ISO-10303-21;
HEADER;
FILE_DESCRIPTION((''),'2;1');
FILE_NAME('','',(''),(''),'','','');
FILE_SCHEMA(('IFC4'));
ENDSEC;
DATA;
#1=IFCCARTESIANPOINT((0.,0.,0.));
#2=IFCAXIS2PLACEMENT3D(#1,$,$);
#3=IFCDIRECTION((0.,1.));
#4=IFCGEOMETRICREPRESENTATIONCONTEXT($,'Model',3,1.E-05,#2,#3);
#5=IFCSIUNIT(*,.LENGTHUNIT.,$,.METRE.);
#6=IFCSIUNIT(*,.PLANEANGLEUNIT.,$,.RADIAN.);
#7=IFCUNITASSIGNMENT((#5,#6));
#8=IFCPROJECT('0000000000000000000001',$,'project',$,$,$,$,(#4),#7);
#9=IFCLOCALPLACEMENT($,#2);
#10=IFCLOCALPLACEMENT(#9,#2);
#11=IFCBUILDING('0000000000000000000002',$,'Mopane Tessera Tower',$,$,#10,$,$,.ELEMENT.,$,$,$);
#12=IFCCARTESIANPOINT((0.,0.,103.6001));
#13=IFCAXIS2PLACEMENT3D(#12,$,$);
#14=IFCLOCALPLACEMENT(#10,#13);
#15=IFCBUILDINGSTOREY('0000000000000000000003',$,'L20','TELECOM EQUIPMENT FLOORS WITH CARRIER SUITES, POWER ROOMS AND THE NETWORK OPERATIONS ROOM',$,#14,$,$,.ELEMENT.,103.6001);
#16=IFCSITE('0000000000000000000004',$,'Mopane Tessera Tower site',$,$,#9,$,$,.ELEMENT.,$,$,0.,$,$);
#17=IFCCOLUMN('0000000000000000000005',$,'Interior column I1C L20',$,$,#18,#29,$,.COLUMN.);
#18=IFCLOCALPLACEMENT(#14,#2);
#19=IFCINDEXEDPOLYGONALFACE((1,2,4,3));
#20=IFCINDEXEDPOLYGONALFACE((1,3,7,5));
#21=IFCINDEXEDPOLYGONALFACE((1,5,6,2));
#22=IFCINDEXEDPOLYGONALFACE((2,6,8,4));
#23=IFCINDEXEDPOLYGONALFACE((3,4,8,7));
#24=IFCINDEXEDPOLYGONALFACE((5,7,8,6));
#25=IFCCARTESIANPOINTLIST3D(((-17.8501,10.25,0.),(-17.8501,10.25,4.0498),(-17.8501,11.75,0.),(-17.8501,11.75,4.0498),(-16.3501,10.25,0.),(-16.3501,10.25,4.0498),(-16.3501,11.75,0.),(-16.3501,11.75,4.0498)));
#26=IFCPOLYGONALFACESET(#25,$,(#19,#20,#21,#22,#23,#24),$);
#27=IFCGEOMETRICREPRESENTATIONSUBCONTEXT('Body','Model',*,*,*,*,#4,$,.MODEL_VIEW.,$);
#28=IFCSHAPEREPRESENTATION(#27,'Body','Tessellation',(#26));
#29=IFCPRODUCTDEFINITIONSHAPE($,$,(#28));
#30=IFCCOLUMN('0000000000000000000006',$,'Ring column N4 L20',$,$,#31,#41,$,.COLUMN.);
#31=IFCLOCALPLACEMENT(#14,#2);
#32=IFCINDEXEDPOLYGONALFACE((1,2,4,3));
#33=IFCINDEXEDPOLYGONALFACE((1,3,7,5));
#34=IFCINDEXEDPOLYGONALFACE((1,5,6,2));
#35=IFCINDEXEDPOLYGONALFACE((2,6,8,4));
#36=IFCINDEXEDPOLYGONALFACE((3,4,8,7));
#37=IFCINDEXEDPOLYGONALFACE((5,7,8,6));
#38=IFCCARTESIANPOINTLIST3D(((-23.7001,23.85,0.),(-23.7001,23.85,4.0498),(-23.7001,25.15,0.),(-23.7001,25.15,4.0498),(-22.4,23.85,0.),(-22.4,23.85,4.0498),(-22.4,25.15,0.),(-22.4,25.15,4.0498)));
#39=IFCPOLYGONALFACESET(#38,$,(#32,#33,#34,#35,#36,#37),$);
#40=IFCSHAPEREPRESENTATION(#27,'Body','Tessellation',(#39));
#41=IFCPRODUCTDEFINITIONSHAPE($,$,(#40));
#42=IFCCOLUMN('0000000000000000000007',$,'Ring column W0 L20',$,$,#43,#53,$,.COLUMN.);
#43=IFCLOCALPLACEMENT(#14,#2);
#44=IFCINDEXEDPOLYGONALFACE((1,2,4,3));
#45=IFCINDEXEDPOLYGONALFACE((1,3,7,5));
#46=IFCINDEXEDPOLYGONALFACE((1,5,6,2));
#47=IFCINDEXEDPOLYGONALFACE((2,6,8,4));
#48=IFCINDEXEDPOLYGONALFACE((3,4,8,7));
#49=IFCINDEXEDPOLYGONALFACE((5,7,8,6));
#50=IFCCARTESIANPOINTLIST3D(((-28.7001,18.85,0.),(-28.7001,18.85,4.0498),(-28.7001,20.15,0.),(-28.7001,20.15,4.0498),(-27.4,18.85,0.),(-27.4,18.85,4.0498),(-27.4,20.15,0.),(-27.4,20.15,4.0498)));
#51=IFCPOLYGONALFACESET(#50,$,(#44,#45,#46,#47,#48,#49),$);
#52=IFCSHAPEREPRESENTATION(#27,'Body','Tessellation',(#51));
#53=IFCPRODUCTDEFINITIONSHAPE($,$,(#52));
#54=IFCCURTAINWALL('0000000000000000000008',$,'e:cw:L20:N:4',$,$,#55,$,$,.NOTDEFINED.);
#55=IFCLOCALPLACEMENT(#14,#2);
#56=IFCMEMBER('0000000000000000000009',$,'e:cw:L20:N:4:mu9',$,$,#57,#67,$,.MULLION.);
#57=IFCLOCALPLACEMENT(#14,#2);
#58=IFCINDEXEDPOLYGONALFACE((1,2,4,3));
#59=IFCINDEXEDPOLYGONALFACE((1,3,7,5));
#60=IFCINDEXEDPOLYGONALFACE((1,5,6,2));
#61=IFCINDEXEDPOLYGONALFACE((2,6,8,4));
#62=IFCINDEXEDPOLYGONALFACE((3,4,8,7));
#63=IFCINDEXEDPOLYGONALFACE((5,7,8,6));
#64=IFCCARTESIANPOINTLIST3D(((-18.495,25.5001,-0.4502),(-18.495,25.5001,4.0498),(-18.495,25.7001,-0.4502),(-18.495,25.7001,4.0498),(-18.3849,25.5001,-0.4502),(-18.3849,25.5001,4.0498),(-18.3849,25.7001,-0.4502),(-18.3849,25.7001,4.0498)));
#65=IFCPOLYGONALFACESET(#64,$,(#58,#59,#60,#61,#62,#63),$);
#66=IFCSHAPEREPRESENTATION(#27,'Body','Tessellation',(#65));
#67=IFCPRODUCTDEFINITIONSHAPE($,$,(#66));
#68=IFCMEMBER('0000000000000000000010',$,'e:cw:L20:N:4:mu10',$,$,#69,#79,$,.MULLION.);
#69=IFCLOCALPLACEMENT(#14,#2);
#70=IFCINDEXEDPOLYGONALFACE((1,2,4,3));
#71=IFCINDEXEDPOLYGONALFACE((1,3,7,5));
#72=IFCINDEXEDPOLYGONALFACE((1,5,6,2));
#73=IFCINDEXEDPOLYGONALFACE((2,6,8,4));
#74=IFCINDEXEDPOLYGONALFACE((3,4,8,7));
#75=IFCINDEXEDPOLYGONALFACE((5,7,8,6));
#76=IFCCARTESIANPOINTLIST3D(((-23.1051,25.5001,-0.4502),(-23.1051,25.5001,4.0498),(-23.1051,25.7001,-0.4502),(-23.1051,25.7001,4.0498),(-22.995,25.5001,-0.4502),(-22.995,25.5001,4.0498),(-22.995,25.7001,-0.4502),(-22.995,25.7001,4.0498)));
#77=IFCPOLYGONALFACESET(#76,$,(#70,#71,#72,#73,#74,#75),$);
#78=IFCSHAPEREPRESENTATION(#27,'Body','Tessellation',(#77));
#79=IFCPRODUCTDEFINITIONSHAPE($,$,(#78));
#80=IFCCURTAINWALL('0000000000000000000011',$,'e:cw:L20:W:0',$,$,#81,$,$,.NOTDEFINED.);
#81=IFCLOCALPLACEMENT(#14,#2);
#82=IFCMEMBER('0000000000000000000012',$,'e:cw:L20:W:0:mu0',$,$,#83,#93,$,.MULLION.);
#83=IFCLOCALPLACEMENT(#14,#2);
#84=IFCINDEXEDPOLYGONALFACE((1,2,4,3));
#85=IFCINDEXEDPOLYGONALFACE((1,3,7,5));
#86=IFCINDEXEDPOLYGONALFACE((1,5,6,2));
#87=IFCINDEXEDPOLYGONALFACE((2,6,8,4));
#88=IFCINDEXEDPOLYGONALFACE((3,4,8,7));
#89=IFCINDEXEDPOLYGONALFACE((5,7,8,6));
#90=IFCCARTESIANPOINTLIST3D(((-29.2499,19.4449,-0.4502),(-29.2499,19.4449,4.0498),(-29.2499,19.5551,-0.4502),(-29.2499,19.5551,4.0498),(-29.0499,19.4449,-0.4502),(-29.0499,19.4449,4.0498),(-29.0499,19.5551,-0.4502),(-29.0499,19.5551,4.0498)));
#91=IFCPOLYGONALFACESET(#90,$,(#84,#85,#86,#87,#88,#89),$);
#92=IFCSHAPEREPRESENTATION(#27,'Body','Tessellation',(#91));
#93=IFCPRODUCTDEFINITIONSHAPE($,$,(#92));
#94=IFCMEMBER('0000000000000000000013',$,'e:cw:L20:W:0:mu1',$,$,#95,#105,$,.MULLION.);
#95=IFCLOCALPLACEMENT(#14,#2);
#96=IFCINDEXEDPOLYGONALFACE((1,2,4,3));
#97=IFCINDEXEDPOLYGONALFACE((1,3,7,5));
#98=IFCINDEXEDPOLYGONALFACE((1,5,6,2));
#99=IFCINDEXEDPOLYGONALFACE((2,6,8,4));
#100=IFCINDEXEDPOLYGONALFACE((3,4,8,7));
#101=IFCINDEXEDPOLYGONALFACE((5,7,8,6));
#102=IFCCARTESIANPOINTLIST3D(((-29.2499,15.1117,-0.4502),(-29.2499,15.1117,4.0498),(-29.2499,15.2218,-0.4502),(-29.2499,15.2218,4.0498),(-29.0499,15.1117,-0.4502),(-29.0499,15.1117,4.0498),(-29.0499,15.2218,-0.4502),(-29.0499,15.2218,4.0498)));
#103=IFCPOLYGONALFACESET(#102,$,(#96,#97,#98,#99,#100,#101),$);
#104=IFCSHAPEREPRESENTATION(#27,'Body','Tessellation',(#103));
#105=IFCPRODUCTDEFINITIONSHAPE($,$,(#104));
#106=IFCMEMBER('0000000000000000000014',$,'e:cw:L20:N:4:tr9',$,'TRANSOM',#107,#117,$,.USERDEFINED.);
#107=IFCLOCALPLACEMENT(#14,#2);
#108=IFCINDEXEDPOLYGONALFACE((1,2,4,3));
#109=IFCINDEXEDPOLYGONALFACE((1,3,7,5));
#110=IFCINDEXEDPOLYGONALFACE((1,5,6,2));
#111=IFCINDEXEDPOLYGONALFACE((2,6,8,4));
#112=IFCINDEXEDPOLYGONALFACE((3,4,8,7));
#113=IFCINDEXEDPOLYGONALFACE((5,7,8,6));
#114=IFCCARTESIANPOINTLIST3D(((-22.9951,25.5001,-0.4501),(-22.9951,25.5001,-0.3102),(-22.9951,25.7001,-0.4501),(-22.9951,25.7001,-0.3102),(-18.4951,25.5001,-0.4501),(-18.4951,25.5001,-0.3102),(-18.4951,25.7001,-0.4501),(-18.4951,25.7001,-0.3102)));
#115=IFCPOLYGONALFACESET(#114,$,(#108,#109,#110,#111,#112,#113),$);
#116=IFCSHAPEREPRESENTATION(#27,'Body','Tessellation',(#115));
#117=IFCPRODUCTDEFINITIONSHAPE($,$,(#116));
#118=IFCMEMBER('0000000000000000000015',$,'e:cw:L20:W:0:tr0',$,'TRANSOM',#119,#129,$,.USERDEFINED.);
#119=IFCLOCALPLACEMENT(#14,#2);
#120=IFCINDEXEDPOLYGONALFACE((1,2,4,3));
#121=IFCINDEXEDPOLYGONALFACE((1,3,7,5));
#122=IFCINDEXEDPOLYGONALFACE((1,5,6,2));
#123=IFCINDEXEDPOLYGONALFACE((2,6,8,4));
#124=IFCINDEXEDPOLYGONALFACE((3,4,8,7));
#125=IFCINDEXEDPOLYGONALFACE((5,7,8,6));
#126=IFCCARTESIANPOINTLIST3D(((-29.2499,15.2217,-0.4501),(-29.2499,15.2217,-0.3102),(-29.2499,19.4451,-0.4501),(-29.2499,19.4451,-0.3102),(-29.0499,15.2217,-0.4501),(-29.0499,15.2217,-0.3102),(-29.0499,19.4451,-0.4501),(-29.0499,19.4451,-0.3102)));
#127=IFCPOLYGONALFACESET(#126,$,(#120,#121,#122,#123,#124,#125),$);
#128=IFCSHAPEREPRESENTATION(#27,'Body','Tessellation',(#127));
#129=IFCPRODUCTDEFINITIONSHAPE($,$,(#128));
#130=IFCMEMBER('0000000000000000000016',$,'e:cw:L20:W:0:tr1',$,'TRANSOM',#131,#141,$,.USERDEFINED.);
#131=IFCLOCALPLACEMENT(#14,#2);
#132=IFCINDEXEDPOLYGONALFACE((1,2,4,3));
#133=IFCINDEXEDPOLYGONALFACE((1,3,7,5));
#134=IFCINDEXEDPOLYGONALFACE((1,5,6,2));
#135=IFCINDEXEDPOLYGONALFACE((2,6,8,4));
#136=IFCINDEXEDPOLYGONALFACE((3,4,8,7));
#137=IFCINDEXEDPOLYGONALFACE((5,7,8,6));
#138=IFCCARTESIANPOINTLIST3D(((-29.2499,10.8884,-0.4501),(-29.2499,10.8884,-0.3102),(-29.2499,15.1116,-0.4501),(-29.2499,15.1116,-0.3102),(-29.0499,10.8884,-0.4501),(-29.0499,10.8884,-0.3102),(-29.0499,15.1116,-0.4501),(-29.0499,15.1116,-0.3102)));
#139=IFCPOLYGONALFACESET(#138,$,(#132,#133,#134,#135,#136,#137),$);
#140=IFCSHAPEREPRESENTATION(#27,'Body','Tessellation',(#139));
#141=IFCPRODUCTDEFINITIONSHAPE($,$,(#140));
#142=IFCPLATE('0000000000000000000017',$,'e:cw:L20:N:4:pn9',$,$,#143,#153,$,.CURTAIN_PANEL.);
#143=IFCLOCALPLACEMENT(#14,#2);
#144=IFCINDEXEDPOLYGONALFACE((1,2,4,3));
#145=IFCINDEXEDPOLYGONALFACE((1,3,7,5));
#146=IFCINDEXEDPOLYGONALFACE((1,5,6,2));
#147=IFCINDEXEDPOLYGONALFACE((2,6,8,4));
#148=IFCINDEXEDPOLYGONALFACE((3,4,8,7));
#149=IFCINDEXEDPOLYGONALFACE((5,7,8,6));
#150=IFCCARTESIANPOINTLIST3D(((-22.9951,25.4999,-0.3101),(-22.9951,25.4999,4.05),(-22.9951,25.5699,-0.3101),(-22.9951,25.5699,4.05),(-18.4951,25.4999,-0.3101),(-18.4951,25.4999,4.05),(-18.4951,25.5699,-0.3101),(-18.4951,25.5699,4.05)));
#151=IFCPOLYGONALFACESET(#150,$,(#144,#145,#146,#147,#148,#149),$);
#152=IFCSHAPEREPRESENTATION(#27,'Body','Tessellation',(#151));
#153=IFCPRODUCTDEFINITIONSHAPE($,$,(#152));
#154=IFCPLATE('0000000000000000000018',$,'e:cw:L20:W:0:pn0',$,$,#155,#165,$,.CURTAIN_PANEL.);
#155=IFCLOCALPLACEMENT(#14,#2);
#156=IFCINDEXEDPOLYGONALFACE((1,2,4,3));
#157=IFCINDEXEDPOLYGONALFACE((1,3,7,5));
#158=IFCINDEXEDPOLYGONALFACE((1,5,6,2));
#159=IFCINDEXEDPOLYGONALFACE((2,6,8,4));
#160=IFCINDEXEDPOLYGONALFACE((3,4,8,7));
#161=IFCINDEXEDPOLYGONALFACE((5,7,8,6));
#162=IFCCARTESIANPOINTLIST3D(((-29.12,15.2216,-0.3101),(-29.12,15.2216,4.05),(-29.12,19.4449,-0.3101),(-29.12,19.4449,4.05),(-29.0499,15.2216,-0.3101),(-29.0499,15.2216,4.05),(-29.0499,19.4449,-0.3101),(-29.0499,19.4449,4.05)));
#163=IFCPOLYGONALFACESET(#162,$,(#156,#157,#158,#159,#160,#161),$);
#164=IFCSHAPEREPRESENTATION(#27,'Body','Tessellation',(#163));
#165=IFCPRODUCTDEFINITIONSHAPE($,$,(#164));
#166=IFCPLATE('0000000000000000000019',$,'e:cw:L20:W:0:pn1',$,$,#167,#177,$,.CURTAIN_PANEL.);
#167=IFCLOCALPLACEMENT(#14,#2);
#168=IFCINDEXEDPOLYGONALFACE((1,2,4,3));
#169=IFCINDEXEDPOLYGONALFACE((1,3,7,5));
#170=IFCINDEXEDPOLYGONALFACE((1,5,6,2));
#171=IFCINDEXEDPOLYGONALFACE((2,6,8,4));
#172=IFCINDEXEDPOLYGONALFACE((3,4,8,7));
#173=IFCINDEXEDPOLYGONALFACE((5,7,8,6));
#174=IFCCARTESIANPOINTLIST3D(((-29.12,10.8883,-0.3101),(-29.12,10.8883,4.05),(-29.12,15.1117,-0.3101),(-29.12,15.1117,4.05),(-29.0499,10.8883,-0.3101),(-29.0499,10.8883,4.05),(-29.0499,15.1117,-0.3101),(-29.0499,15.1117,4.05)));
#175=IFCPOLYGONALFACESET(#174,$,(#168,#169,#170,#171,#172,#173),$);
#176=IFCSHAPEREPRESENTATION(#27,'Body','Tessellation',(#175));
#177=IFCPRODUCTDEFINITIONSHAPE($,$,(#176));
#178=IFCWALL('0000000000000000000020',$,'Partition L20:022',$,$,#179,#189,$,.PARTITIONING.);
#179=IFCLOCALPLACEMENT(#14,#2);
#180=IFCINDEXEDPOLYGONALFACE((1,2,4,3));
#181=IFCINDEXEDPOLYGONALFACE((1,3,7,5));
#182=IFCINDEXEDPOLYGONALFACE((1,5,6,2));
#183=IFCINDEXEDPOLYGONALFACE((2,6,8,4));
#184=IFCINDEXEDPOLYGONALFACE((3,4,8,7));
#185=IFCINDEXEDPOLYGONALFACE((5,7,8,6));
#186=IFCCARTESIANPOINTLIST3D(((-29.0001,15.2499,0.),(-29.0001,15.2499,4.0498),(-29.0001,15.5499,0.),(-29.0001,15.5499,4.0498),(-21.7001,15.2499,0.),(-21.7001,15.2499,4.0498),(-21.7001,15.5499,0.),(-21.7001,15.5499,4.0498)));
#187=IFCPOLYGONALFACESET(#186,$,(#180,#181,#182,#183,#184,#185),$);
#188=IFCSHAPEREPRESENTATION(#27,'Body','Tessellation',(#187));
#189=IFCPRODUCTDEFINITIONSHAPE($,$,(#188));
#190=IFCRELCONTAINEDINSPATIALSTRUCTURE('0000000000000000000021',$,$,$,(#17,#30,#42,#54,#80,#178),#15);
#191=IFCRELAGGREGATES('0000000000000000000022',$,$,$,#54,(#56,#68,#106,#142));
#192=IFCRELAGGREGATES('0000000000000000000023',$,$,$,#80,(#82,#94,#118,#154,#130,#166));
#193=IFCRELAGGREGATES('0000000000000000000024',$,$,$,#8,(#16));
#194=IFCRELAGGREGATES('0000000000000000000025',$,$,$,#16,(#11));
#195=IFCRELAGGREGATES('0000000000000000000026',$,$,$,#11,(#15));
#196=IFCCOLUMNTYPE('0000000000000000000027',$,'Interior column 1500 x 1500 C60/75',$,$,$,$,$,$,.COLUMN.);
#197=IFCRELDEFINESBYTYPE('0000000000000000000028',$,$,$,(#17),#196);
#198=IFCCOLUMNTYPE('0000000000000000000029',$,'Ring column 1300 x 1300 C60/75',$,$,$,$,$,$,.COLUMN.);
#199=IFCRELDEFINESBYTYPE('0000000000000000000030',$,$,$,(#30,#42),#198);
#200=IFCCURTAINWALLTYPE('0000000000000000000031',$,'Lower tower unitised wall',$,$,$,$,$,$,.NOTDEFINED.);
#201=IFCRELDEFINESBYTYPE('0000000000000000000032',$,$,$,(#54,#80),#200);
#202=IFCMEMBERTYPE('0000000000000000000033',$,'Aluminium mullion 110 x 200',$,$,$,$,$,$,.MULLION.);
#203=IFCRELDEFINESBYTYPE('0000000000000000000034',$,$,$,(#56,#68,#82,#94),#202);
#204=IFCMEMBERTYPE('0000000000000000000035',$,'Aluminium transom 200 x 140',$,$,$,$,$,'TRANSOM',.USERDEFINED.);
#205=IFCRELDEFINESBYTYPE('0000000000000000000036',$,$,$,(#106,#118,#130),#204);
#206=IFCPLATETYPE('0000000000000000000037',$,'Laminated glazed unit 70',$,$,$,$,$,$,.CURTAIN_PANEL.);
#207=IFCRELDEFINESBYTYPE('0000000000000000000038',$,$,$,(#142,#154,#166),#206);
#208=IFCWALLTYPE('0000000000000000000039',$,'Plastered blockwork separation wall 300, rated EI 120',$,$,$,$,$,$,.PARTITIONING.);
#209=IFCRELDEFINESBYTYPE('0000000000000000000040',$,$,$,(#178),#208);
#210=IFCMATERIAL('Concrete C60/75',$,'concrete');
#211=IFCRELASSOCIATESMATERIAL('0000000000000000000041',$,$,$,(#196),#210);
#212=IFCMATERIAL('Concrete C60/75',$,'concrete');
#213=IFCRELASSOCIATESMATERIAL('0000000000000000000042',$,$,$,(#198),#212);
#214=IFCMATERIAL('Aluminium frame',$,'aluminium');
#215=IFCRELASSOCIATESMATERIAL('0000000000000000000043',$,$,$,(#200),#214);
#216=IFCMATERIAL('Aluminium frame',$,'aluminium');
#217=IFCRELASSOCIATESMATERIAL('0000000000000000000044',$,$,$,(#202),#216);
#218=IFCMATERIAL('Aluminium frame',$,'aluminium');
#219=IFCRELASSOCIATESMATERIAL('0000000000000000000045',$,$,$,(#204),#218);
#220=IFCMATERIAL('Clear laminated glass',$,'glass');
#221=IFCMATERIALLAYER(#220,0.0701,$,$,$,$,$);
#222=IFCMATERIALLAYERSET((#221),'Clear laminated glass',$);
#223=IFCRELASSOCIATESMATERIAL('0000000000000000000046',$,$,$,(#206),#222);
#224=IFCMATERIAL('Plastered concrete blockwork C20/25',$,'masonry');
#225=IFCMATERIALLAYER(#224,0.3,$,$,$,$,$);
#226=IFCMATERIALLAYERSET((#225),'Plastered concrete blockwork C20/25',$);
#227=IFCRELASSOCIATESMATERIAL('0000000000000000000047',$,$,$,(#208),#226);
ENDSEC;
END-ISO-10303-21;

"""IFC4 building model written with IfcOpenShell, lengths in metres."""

from ifc_helpers import new_model, si_unit, direction, frame, frame_2d, origin, origin_2d, place, context, subcontext, project, spatial, rectangle, extrude, material, layer, layer_set, material_profile, profile_set, type_object, element, aggregate, save


model = new_model("IFC4")

# Units and contexts
model_context = context("Model", 3, precision=1e-05, world=origin(), true_north=direction((0.0, 1.0)))
body_context = subcontext(model_context, "Body", "Model", "MODEL_VIEW")
ifc_project = project(units=[si_unit("LENGTHUNIT", "METRE"), si_unit("PLANEANGLEUNIT", "RADIAN")], contexts=[model_context])

# Site, building, storey
site_placement = place(None, origin())
site = spatial("IfcSite", under=ifc_project, at=site_placement, Name="Mopane Tessera Tower site", CompositionType="ELEMENT", RefElevation=0.0)
building_placement = place(site_placement, origin())
building = spatial("IfcBuilding", under=site, at=building_placement, Name="Mopane Tessera Tower", CompositionType="ELEMENT")
storey_placement = place(building_placement, frame((0.0, 0.0, 103.6001)))
storey = spatial("IfcBuildingStorey", under=building, at=storey_placement, Name="L20", Description="TELECOM EQUIPMENT FLOORS WITH CARRIER SUITES, POWER ROOMS AND THE NETWORK OPERATIONS ROOM", CompositionType="ELEMENT", Elevation=103.6001)

# Columns
ifc_material_1 = material(Name="Concrete C60/75", Category="concrete")
ifc_material_profile_1 = material_profile(ifc_material_1, rectangle(XDim=1.5, YDim=1.5, at=origin_2d()))
ifc_profile_set_1 = profile_set([ifc_material_profile_1], Name="Concrete C60/75")
column_type_1 = type_object("IfcColumnType", Name="Interior column 1500 x 1500 C60/75", PredefinedType="COLUMN", material=ifc_profile_set_1)
column_placement = place(storey_placement, frame((-17.1001, 11.0, 0.0), z_axis=(0.0, 0.0, 1.0), x_axis=(1.0, 0.0, 0.0)))
element("IfcColumn", 1, at=column_placement, inside=storey, type_object=column_type_1, Name="Interior column I1C L20", PredefinedType="COLUMN", context=body_context, shape_type="SweptSolid", body=[
    extrude(rectangle(XDim=1.5, YDim=1.5, at=origin_2d()), origin(), (0.0, 0.0, 1.0), 4.0498),
])
ifc_material_2 = material(Name="Concrete C60/75", Category="concrete")
ifc_material_profile_2 = material_profile(ifc_material_2, rectangle(XDim=1.3, YDim=1.3, at=origin_2d()))
ifc_profile_set_2 = profile_set([ifc_material_profile_2], Name="Concrete C60/75")
column_type_2 = type_object("IfcColumnType", Name="Ring column 1300 x 1300 C60/75", PredefinedType="COLUMN", material=ifc_profile_set_2)
for number, where, z_axis, x_axis, name in (
    (2, (-23.05, 24.5, 0.0), (0.0, 0.0, 1.0), (1.0, 0.0, 0.0), "Ring column N4 L20"),
    (3, (-28.05, 19.5, 0.0), (0.0, 0.0, 1.0), (1.0, 0.0, 0.0), "Ring column W0 L20"),
):
    element("IfcColumn", number, at=place(storey_placement, frame(where, z_axis=z_axis, x_axis=x_axis)), inside=storey, type_object=column_type_2, Name=name, PredefinedType="COLUMN", context=body_context, shape_type="SweptSolid", body=[
        extrude(rectangle(XDim=1.3, YDim=1.3, at=origin_2d()), origin(), (0.0, 0.0, 1.0), 4.0498),
    ])

# Curtain walls, members
ifc_material_3 = material(Name="Aluminium frame", Category="aluminium")
curtain_wall_type = type_object("IfcCurtainWallType", Name="Lower tower unitised wall", PredefinedType="NOTDEFINED", material=ifc_material_3)
curtain_wall_1_placement = place(storey_placement, origin())
curtain_wall_1 = element("IfcCurtainWall", 4, at=curtain_wall_1_placement, inside=storey, type_object=curtain_wall_type, Name="e:cw:L20:N:4", PredefinedType="NOTDEFINED")
ifc_material_4 = material(Name="Aluminium frame", Category="aluminium")
ifc_material_profile_3 = material_profile(ifc_material_4, rectangle(XDim=0.1101, YDim=0.2, at=origin_2d()))
ifc_profile_set_3 = profile_set([ifc_material_profile_3], Name="Aluminium frame")
member_type_1 = type_object("IfcMemberType", Name="Aluminium mullion 110 x 200", PredefinedType="MULLION", material=ifc_profile_set_3)
member_1_placement = place(storey_placement, frame((-18.4399, 25.6001, -0.4502), z_axis=(0.0, 0.0, 1.0), x_axis=(-1.0, 0.0, 0.0)))
member_1 = element("IfcMember", 5, at=member_1_placement, type_object=member_type_1, Name="e:cw:L20:N:4:mu9", PredefinedType="MULLION", context=body_context, shape_type="SweptSolid", body=[
    extrude(rectangle(XDim=0.1101, YDim=0.2, at=origin_2d()), origin(), (0.0, 0.0, 1.0), 4.5),
])
member_2_placement = place(storey_placement, frame((-23.05, 25.6001, -0.4502), z_axis=(0.0, 0.0, 1.0), x_axis=(-1.0, 0.0, 0.0)))
member_2 = element("IfcMember", 6, at=member_2_placement, type_object=member_type_1, Name="e:cw:L20:N:4:mu10", PredefinedType="MULLION", context=body_context, shape_type="SweptSolid", body=[
    extrude(rectangle(XDim=0.1101, YDim=0.2, at=origin_2d()), origin(), (0.0, 0.0, 1.0), 4.5),
])
curtain_wall_2_placement = place(storey_placement, origin())
curtain_wall_2 = element("IfcCurtainWall", 7, at=curtain_wall_2_placement, inside=storey, type_object=curtain_wall_type, Name="e:cw:L20:W:0", PredefinedType="NOTDEFINED")
member_3_placement = place(storey_placement, frame((-29.1499, 19.5, -0.4502), z_axis=(0.0, 0.0, 1.0), x_axis=(0.0, -1.0, 0.0)))
member_3 = element("IfcMember", 8, at=member_3_placement, type_object=member_type_1, Name="e:cw:L20:W:0:mu0", PredefinedType="MULLION", context=body_context, shape_type="SweptSolid", body=[
    extrude(rectangle(XDim=0.1101, YDim=0.2, at=origin_2d()), origin(), (0.0, 0.0, 1.0), 4.5),
])
member_4_placement = place(storey_placement, frame((-29.1499, 15.1667, -0.4502), z_axis=(0.0, 0.0, 1.0), x_axis=(0.0, -1.0, 0.0)))
member_4 = element("IfcMember", 9, at=member_4_placement, type_object=member_type_1, Name="e:cw:L20:W:0:mu1", PredefinedType="MULLION", context=body_context, shape_type="SweptSolid", body=[
    extrude(rectangle(XDim=0.1101, YDim=0.2, at=origin_2d()), origin(), (0.0, 0.0, 1.0), 4.5),
])

# Members
ifc_material_5 = material(Name="Aluminium frame", Category="aluminium")
ifc_material_profile_4 = material_profile(ifc_material_5, rectangle(XDim=0.2, YDim=0.1399, at=origin_2d()))
ifc_profile_set_4 = profile_set([ifc_material_profile_4], Name="Aluminium frame")
member_type_2 = type_object("IfcMemberType", Name="Aluminium transom 200 x 140", ElementType="TRANSOM", PredefinedType="USERDEFINED", material=ifc_profile_set_4)
member_5_placement = place(storey_placement, frame((-18.4951, 25.6001, -0.3801), z_axis=(-1.0, 0.0, 0.0), x_axis=(0.0, -1.0, 0.0)))
member_5 = element("IfcMember", 10, at=member_5_placement, type_object=member_type_2, Name="e:cw:L20:N:4:tr9", ObjectType="TRANSOM", PredefinedType="USERDEFINED", context=body_context, shape_type="SweptSolid", body=[
    extrude(rectangle(XDim=0.2, YDim=0.1399, at=origin_2d()), origin(), (0.0, 0.0, 1.0), 4.5),
])
member_6_placement = place(storey_placement, frame((-29.1499, 19.4451, -0.3801), z_axis=(0.0, -1.0, 0.0), x_axis=(1.0, 0.0, 0.0)))
member_6 = element("IfcMember", 11, at=member_6_placement, type_object=member_type_2, Name="e:cw:L20:W:0:tr0", ObjectType="TRANSOM", PredefinedType="USERDEFINED", context=body_context, shape_type="SweptSolid", body=[
    extrude(rectangle(XDim=0.2, YDim=0.1399, at=origin_2d()), origin(), (0.0, 0.0, 1.0), 4.2234),
])
member_7_placement = place(storey_placement, frame((-29.1499, 15.1116, -0.3801), z_axis=(0.0, -1.0, 0.0), x_axis=(1.0, 0.0, 0.0)))
member_7 = element("IfcMember", 12, at=member_7_placement, type_object=member_type_2, Name="e:cw:L20:W:0:tr1", ObjectType="TRANSOM", PredefinedType="USERDEFINED", context=body_context, shape_type="SweptSolid", body=[
    extrude(rectangle(XDim=0.2, YDim=0.1399, at=origin_2d()), origin(), (0.0, 0.0, 1.0), 4.2231),
])

# Plates
ifc_material_6 = material(Name="Clear laminated glass", Category="glass")
ifc_layer_1 = layer(ifc_material_6, 0.0701)
ifc_layer_set_1 = layer_set([ifc_layer_1], Name="Clear laminated glass")
plate_type = type_object("IfcPlateType", Name="Laminated glazed unit 70", PredefinedType="CURTAIN_PANEL", material=ifc_layer_set_1)
plate_1_placement = place(storey_placement, frame((-20.7451, 25.5349, -0.3101), z_axis=(0.0, 0.0, 1.0), x_axis=(-1.0, 0.0, 0.0)))
plate_1 = element("IfcPlate", 13, at=plate_1_placement, type_object=plate_type, Name="e:cw:L20:N:4:pn9", PredefinedType="CURTAIN_PANEL", context=body_context, shape_type="SweptSolid", body=[
    extrude(rectangle(XDim=4.5, YDim=0.0701, at=origin_2d()), origin(), (0.0, 0.0, 1.0), 4.3601),
])
aggregate(curtain_wall_1, [member_1, member_2, member_5, plate_1])
plate_2_placement = place(storey_placement, frame((-29.085, 17.3333, -0.3101), z_axis=(0.0, 0.0, 1.0), x_axis=(0.0, -1.0, 0.0)))
plate_2 = element("IfcPlate", 14, at=plate_2_placement, type_object=plate_type, Name="e:cw:L20:W:0:pn0", PredefinedType="CURTAIN_PANEL", context=body_context, shape_type="SweptSolid", body=[
    extrude(rectangle(XDim=4.2234, YDim=0.0701, at=origin_2d()), origin(), (0.0, 0.0, 1.0), 4.3601),
])
plate_3_placement = place(storey_placement, frame((-29.085, 13.0, -0.3101), z_axis=(0.0, 0.0, 1.0), x_axis=(0.0, -1.0, 0.0)))
plate_3 = element("IfcPlate", 15, at=plate_3_placement, type_object=plate_type, Name="e:cw:L20:W:0:pn1", PredefinedType="CURTAIN_PANEL", context=body_context, shape_type="SweptSolid", body=[
    extrude(rectangle(XDim=4.2234, YDim=0.0701, at=origin_2d()), origin(), (0.0, 0.0, 1.0), 4.3601),
])
aggregate(curtain_wall_2, [member_3, member_4, member_6, plate_2, member_7, plate_3])

# Wall
ifc_material_7 = material(Name="Plastered concrete blockwork C20/25", Category="masonry")
ifc_layer_2 = layer(ifc_material_7, 0.3)
ifc_layer_set_2 = layer_set([ifc_layer_2], Name="Plastered concrete blockwork C20/25")
wall_type_1 = type_object("IfcWallType", Name="Plastered blockwork separation wall 300, rated EI 120", PredefinedType="PARTITIONING", material=ifc_layer_set_2)
wall_1_placement = place(storey_placement, frame((-29.0, 15.3999, 0.0), z_axis=(0.0, 0.0, 1.0), x_axis=(1.0, 0.0, 0.0)))
element("IfcWall", 16, at=wall_1_placement, inside=storey, type_object=wall_type_1, Name="Partition L20:022", PredefinedType="PARTITIONING", context=body_context, shape_type="SweptSolid", body=[
    extrude(rectangle(XDim=7.3, YDim=0.3, at=frame_2d((3.6499, 0.0))), origin(), (0.0, 0.0, 1.0), 4.0498),
])

save(model, "model.ifc")
